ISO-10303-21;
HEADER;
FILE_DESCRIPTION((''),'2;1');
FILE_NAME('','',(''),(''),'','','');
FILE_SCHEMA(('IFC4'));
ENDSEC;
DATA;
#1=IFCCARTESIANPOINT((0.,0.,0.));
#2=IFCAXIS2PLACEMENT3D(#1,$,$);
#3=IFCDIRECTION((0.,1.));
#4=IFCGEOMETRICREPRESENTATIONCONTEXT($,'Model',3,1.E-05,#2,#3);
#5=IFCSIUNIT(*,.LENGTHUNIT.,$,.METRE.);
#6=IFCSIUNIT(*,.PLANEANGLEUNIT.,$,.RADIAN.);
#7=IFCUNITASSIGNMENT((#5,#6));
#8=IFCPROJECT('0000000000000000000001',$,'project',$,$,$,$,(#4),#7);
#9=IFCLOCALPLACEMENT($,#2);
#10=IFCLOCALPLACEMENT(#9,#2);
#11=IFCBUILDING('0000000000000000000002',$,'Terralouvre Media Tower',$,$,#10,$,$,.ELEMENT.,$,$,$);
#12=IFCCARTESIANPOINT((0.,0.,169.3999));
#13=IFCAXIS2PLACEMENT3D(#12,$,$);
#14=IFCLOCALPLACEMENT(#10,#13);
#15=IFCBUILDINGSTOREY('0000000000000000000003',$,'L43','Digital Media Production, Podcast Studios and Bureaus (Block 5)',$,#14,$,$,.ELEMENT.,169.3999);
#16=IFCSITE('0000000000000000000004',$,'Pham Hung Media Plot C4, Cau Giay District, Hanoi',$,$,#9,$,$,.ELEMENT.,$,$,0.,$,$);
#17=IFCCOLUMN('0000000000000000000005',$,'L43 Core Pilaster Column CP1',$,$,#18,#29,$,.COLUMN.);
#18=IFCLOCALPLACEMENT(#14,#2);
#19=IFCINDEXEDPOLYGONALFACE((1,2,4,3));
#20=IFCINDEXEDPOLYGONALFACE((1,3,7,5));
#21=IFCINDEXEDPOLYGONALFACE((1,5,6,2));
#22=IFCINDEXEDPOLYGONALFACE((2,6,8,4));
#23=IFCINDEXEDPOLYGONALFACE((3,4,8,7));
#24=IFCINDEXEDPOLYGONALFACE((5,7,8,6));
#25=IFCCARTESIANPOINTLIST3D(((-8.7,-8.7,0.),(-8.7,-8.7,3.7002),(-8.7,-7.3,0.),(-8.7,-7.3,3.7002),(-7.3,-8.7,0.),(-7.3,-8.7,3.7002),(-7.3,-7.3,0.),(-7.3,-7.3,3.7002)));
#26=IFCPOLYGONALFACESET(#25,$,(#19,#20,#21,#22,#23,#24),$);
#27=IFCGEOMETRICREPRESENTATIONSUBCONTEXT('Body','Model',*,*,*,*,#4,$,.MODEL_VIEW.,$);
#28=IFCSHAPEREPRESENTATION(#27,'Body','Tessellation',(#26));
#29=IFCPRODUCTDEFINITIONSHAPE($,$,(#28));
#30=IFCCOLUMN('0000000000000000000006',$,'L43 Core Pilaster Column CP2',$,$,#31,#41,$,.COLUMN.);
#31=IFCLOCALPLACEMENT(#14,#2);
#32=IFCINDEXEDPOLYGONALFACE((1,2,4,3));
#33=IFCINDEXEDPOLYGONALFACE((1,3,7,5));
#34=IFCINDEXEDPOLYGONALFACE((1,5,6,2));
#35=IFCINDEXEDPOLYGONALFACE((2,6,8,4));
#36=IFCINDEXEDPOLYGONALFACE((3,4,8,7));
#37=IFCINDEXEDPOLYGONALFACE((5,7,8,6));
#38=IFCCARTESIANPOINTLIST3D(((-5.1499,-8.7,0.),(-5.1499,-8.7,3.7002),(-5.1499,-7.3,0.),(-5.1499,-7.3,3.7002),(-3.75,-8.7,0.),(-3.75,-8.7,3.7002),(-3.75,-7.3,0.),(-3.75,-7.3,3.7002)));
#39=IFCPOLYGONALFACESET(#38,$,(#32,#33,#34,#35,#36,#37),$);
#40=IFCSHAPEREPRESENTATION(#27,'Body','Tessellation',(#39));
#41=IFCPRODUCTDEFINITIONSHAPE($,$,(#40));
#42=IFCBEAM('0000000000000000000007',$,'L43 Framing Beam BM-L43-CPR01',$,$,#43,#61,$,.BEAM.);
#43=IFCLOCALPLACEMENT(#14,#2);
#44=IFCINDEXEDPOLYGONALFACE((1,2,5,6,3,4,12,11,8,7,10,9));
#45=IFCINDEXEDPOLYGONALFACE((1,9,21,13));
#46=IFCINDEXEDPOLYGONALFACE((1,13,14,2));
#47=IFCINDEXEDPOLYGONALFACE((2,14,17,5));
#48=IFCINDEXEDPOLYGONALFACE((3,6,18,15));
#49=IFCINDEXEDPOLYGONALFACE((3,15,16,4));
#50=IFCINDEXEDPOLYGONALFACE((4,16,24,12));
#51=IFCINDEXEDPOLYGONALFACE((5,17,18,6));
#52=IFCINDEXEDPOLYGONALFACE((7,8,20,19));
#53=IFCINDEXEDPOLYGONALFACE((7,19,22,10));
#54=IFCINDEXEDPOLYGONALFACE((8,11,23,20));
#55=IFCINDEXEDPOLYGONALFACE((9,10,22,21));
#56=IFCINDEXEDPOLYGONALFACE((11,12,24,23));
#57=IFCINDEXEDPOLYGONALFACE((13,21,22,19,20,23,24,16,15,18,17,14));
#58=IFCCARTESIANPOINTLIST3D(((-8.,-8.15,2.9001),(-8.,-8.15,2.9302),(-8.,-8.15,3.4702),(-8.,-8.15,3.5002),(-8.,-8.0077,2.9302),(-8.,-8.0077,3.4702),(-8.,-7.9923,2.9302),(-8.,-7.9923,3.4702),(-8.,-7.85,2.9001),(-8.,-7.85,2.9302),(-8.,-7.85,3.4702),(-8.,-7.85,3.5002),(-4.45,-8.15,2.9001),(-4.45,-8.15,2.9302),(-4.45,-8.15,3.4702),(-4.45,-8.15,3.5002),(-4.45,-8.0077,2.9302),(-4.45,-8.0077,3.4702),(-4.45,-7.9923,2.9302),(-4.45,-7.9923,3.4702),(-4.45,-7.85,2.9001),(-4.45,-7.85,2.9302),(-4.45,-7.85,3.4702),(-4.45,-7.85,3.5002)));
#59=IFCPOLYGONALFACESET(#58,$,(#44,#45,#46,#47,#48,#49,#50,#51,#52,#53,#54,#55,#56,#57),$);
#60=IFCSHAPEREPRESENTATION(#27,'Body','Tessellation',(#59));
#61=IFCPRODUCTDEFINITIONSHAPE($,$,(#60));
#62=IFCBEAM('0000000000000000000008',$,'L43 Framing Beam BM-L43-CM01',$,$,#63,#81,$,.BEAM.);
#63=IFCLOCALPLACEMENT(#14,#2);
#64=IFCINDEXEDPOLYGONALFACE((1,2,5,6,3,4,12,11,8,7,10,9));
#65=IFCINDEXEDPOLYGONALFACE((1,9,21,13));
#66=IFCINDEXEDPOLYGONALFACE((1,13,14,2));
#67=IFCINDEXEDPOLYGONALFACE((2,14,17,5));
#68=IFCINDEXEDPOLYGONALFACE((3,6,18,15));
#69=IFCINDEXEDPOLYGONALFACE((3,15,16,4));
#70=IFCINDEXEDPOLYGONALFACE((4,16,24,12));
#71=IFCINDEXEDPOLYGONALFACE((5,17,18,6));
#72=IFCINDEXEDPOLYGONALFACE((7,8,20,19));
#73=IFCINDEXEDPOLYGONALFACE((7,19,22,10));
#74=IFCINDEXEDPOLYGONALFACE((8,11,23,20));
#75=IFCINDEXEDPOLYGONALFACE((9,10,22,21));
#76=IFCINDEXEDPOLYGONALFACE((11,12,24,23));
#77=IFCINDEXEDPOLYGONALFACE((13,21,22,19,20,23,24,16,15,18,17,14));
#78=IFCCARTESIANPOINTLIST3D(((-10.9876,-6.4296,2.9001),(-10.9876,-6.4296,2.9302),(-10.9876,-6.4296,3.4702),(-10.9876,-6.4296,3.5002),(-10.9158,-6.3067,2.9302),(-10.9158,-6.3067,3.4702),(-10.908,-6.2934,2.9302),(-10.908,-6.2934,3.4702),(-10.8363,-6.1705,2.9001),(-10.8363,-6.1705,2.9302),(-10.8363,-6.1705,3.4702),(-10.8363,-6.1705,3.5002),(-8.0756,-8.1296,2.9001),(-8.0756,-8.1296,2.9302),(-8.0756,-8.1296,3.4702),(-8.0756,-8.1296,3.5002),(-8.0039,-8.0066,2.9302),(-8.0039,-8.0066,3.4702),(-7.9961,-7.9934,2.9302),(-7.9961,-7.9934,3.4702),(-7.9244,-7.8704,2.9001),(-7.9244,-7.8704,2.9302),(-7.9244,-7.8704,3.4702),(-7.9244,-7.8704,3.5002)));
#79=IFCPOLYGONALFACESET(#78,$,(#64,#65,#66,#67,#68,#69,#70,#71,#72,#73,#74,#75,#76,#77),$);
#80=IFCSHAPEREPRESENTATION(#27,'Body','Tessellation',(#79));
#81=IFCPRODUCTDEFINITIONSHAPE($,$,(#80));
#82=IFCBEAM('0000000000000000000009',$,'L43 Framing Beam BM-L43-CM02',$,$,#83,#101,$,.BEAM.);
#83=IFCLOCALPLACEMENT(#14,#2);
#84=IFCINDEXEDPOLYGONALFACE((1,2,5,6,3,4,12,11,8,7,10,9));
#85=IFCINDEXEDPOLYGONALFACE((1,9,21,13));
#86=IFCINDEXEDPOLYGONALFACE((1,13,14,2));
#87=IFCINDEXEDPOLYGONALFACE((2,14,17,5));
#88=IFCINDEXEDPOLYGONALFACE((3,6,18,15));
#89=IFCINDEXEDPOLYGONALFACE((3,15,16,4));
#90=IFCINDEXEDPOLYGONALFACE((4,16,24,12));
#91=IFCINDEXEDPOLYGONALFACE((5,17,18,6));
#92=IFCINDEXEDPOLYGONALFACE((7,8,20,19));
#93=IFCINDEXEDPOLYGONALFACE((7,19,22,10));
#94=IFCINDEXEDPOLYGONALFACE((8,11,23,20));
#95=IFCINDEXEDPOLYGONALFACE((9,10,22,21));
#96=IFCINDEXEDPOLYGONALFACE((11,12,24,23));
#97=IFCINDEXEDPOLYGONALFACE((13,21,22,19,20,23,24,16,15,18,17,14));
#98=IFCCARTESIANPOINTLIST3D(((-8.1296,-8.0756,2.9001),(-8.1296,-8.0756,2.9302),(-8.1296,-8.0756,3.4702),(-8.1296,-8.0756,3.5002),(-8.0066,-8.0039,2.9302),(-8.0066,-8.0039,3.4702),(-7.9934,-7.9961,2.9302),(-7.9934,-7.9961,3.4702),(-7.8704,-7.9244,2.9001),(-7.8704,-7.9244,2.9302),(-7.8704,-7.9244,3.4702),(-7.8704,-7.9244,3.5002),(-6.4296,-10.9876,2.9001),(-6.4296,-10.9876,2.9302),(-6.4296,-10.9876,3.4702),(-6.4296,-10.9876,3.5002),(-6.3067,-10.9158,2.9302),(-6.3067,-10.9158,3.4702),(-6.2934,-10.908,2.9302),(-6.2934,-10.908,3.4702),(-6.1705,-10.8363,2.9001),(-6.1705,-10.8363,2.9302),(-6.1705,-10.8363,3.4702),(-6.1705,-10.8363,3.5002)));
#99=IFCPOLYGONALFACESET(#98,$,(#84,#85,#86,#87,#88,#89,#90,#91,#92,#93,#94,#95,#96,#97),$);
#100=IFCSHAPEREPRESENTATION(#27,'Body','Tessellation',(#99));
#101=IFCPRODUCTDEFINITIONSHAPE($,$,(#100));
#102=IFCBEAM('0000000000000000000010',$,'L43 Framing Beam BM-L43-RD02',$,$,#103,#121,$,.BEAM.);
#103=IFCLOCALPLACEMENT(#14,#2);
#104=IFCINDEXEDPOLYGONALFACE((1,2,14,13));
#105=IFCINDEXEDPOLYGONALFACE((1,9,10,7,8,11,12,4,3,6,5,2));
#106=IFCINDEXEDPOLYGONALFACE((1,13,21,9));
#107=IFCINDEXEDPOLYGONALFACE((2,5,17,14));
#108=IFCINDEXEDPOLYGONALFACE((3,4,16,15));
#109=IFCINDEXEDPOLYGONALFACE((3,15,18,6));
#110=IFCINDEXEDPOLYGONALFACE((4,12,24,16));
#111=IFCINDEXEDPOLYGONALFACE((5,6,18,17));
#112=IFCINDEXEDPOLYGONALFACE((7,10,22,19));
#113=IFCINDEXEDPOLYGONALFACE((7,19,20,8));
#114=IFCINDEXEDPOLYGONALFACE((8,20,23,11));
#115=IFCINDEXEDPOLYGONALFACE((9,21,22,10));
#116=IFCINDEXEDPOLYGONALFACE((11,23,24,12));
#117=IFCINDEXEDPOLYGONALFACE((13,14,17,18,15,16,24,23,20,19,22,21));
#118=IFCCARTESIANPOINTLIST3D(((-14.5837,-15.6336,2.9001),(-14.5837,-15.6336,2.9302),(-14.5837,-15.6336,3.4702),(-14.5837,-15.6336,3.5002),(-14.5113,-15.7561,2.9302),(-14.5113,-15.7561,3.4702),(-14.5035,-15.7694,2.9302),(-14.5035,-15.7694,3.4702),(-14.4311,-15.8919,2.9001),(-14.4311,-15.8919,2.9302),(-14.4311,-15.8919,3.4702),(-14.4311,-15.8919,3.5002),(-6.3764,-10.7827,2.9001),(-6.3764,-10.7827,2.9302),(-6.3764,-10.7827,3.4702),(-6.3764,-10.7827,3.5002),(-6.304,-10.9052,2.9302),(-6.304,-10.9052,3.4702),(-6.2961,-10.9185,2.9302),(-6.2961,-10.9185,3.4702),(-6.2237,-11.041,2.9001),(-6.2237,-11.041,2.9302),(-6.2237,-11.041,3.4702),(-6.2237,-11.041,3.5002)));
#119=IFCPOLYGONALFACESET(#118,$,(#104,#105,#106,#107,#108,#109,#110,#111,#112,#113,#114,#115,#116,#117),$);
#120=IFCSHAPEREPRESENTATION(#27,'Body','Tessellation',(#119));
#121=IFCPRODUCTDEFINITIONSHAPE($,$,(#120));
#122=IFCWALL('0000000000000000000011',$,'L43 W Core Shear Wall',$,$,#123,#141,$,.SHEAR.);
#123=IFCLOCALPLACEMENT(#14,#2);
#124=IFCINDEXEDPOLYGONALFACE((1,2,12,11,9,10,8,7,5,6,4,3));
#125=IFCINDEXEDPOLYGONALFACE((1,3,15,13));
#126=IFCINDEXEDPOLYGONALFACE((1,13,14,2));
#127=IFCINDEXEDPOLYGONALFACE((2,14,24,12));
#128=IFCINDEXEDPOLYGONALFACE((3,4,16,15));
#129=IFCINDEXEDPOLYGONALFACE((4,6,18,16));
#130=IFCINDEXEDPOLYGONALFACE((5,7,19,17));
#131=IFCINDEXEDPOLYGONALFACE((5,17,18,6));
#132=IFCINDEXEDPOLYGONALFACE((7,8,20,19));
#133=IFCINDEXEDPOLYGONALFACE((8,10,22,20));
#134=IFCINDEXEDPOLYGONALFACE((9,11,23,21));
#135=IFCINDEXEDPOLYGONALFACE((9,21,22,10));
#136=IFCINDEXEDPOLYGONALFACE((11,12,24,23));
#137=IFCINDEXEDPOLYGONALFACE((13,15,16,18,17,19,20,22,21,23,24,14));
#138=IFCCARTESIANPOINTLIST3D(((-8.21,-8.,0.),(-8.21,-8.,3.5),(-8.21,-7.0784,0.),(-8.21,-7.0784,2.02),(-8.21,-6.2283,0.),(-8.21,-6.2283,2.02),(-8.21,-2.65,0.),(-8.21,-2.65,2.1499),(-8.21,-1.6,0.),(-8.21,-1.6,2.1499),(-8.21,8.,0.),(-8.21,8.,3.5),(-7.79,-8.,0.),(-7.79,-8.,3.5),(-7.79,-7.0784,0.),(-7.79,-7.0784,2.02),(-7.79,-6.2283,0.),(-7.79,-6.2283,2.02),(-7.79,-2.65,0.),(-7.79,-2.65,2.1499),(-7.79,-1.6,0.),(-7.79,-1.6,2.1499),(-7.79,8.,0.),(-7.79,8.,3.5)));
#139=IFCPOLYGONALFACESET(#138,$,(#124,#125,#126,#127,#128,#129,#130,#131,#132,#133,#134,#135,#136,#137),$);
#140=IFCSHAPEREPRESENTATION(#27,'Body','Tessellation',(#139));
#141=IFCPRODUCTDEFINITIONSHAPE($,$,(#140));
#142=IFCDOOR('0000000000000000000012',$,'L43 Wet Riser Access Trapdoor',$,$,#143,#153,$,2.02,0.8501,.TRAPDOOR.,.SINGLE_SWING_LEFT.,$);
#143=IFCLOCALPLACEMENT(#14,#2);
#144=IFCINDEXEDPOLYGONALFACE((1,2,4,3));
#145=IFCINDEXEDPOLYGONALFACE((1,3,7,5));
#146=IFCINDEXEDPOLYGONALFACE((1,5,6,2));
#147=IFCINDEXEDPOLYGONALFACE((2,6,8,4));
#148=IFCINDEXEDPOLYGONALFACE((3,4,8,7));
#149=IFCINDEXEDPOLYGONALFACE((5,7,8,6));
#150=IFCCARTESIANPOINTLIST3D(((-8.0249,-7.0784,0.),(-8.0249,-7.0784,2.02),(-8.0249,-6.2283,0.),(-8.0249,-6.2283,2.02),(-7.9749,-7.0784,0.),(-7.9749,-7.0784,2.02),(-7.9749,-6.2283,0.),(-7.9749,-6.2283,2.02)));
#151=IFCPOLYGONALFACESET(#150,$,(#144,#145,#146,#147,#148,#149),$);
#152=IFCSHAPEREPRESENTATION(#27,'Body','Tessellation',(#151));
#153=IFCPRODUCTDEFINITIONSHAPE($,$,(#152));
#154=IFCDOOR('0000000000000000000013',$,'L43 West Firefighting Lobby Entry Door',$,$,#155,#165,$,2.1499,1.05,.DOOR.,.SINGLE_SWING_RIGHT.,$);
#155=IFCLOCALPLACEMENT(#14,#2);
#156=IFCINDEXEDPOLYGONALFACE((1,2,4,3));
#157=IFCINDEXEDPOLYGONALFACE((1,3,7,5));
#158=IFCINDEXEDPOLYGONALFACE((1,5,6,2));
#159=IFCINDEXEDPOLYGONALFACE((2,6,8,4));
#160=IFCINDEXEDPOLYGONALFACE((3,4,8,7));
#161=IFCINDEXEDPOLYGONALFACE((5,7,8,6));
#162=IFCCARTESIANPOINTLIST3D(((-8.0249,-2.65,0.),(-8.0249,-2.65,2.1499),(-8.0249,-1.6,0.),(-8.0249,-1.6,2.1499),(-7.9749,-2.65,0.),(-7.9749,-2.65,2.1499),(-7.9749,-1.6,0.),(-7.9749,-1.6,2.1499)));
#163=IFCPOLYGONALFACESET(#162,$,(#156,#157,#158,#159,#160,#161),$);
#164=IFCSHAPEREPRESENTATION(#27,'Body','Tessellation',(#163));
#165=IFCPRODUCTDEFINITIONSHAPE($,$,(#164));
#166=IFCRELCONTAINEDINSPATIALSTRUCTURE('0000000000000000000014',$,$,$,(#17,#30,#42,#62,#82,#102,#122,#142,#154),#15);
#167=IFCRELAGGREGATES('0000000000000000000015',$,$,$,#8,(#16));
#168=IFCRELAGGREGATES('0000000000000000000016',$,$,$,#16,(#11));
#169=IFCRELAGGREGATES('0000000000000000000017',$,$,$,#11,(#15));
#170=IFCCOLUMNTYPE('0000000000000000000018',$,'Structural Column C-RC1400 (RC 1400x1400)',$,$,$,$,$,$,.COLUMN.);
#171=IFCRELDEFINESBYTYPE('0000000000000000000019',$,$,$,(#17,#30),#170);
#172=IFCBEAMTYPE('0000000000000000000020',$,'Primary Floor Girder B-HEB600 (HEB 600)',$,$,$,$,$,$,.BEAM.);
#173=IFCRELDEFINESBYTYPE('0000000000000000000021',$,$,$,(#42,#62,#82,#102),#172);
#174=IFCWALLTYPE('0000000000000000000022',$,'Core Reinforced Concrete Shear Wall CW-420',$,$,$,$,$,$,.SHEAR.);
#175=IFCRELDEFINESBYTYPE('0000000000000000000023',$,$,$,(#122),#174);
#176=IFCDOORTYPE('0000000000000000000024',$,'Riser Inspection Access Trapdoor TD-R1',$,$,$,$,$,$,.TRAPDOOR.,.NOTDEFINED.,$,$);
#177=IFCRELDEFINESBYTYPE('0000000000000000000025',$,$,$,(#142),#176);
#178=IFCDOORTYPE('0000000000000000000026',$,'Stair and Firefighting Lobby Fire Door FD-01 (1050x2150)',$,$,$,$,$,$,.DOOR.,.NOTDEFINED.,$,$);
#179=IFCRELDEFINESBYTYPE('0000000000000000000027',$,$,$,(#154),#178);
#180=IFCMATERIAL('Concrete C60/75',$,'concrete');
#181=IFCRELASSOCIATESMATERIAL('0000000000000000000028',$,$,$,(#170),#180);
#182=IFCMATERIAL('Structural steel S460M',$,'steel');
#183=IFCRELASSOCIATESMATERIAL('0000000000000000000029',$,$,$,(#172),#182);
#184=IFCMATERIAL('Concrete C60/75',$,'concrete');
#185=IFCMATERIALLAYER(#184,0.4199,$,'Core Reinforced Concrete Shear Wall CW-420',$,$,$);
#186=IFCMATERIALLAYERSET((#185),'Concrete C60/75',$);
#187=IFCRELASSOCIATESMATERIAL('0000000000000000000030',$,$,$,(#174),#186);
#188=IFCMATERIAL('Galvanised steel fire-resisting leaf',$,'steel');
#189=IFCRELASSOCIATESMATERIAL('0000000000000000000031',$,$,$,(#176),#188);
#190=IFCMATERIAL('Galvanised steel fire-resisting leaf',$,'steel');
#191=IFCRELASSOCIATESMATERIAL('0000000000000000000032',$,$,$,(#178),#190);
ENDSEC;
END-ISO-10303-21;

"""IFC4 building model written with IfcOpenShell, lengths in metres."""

from ifc_helpers import new_model, si_unit, direction, frame, frame_2d, origin, origin_2d, place, context, subcontext, project, spatial, rectangle, i_section, extrude, material, layer, layer_set, material_profile, profile_set, type_object, element, fill, save


model = new_model("IFC4")

# Units and contexts
model_context = context("Model", 3, precision=1e-05, world=origin(), true_north=direction((0.0, 1.0)))
body_context = subcontext(model_context, "Body", "Model", "MODEL_VIEW")
ifc_project = project(units=[si_unit("LENGTHUNIT", "METRE"), si_unit("PLANEANGLEUNIT", "RADIAN")], contexts=[model_context])

# Site, building, storey
site_placement = place(None, origin())
site = spatial("IfcSite", under=ifc_project, at=site_placement, Name="Pham Hung Media Plot C4, Cau Giay District, Hanoi", CompositionType="ELEMENT", RefElevation=0.0)
building_placement = place(site_placement, origin())
building = spatial("IfcBuilding", under=site, at=building_placement, Name="Terralouvre Media Tower", CompositionType="ELEMENT")
storey_placement = place(building_placement, frame((0.0, 0.0, 169.3999)))
storey = spatial("IfcBuildingStorey", under=building, at=storey_placement, Name="L43", Description="Digital Media Production, Podcast Studios and Bureaus (Block 5)", CompositionType="ELEMENT", Elevation=169.3999)

# Columns
ifc_material_1 = material(Name="Concrete C60/75", Category="concrete")
ifc_material_profile_1 = material_profile(ifc_material_1, rectangle(XDim=1.3999, YDim=1.3999, at=origin_2d()), Name="RC 1400x1400")
ifc_profile_set_1 = profile_set([ifc_material_profile_1], Name="Concrete C60/75")
column_type = type_object("IfcColumnType", Name="Structural Column C-RC1400 (RC 1400x1400)", PredefinedType="COLUMN", material=ifc_profile_set_1)
for number, where, z_axis, x_axis, name in (
    (1, (-8.0, -8.0, 0.0), (0.0, 0.0, 1.0), (1.0, 0.0, 0.0), "L43 Core Pilaster Column CP1"),
    (2, (-4.45, -8.0, 0.0), (0.0, 0.0, 1.0), (1.0, 0.0, 0.0), "L43 Core Pilaster Column CP2"),
):
    element("IfcColumn", number, at=place(storey_placement, frame(where, z_axis=z_axis, x_axis=x_axis)), inside=storey, type_object=column_type, Name=name, PredefinedType="COLUMN", context=body_context, shape_type="SweptSolid", body=[
        extrude(rectangle(XDim=1.3999, YDim=1.3999, at=origin_2d()), origin(), (0.0, 0.0, 1.0), 3.7002),
    ])

# Beams
ifc_material_2 = material(Name="Structural steel S460M", Category="steel")
ifc_material_profile_2 = material_profile(ifc_material_2, i_section(OverallWidth=0.3, OverallDepth=0.6001, WebThickness=0.0154, FlangeThickness=0.03, at=origin_2d()), Name="HEB 600")
ifc_profile_set_2 = profile_set([ifc_material_profile_2], Name="Structural steel S460M")
beam_type = type_object("IfcBeamType", Name="Primary Floor Girder B-HEB600 (HEB 600)", PredefinedType="BEAM", material=ifc_profile_set_2)
beam_1_placement = place(storey_placement, frame((-8.0, -8.0, 3.2002), z_axis=(1.0, 0.0, 0.0), x_axis=(0.0, 1.0, 0.0)))
element("IfcBeam", 3, at=beam_1_placement, inside=storey, type_object=beam_type, Name="L43 Framing Beam BM-L43-CPR01", PredefinedType="BEAM", context=body_context, shape_type="SweptSolid", body=[
    extrude(i_section(OverallWidth=0.3, OverallDepth=0.6001, WebThickness=0.0154, FlangeThickness=0.03, at=origin_2d()), origin(), (0.0, 0.0, 1.0), 3.55),
])
for number, where, z_axis, x_axis, name in (
    (4, (-8.0, -8.0, 3.2002), (-0.863603, 0.504173, 0.0), (-0.504173, -0.863603, 0.0), "L43 Framing Beam BM-L43-CM01"),
    (5, (-8.0, -8.0, 3.2002), (0.504173, -0.863603, 0.0), (0.863603, 0.504173, 0.0), "L43 Framing Beam BM-L43-CM02"),
):
    element("IfcBeam", number, at=place(storey_placement, frame(where, z_axis=z_axis, x_axis=x_axis)), inside=storey, type_object=beam_type, Name=name, PredefinedType="BEAM", context=body_context, shape_type="SweptSolid", body=[
        extrude(i_section(OverallWidth=0.3, OverallDepth=0.6001, WebThickness=0.0154, FlangeThickness=0.03, at=origin_2d()), origin(), (0.0, 0.0, 1.0), 3.3718),
    ])
beam_2_placement = place(storey_placement, frame((-6.3, -10.9119, 3.2002), z_axis=(-0.860877, -0.508813, 0.0), x_axis=(0.508813, -0.860877, 0.0)))
element("IfcBeam", 6, at=beam_2_placement, inside=storey, type_object=beam_type, Name="L43 Framing Beam BM-L43-RD02", PredefinedType="BEAM", context=body_context, shape_type="SweptSolid", body=[
    extrude(i_section(OverallWidth=0.3, OverallDepth=0.6001, WebThickness=0.0154, FlangeThickness=0.03, at=origin_2d()), origin(), (0.0, 0.0, 1.0), 9.5337),
])

# Wall, openings, doors
ifc_material_3 = material(Name="Concrete C60/75", Category="concrete")
ifc_layer_1 = layer(ifc_material_3, 0.4199, Name="Core Reinforced Concrete Shear Wall CW-420")
ifc_layer_set_1 = layer_set([ifc_layer_1], Name="Concrete C60/75")
wall_type_1 = type_object("IfcWallType", Name="Core Reinforced Concrete Shear Wall CW-420", PredefinedType="SHEAR", material=ifc_layer_set_1)
wall_1_placement = place(storey_placement, frame((-8.0, -8.0, 0.0), z_axis=(0.0, 0.0, 1.0), x_axis=(0.0, 1.0, 0.0)))
wall_1 = element("IfcWall", 7, at=wall_1_placement, inside=storey, type_object=wall_type_1, Name="L43 W Core Shear Wall", PredefinedType="SHEAR", context=body_context, shape_type="SweptSolid", body=[
    extrude(rectangle(XDim=16.0, YDim=0.4199, at=frame_2d((8.0, 0.0))), origin(), (0.0, 0.0, 1.0), 3.5),
])
opening_1_placement = place(wall_1_placement, frame((0.9216, 0.0, 0.0)))
opening_1 = element("IfcOpeningElement", 8, at=opening_1_placement, cuts=wall_1, PredefinedType="OPENING", context=body_context, shape_type="SweptSolid", body=[
    extrude(rectangle(XDim=0.8501, YDim=2.02, at=frame_2d((0.425, 1.01))), frame((0.0, 0.22, 0.0), z_axis=(0.0, -1.0, 0.0), x_axis=(1.0, 0.0, 0.0)), (0.0, 0.0, 1.0), 0.4399),
])
opening_2_placement = place(wall_1_placement, frame((5.3501, 0.0, 0.0)))
opening_2 = element("IfcOpeningElement", 9, at=opening_2_placement, cuts=wall_1, PredefinedType="OPENING", context=body_context, shape_type="SweptSolid", body=[
    extrude(rectangle(XDim=1.05, YDim=2.1499, at=frame_2d((0.5249, 1.075))), frame((0.0, 0.22, 0.0), z_axis=(0.0, -1.0, 0.0), x_axis=(1.0, 0.0, 0.0)), (0.0, 0.0, 1.0), 0.4399),
])
ifc_material_4 = material(Name="Galvanised steel fire-resisting leaf", Category="steel")
door_type_1 = type_object("IfcDoorType", Name="Riser Inspection Access Trapdoor TD-R1", OperationType="NOTDEFINED", PredefinedType="TRAPDOOR", material=ifc_material_4)
door_1_placement = place(opening_1_placement, origin())
door_1 = element("IfcDoor", 10, at=door_1_placement, inside=storey, type_object=door_type_1, Name="L43 Wet Riser Access Trapdoor", OperationType="SINGLE_SWING_LEFT", OverallHeight=2.02, OverallWidth=0.8501, PredefinedType="TRAPDOOR", context=body_context, shape_type="SweptSolid", body=[
    extrude(rectangle(XDim=0.8501, YDim=2.02, at=frame_2d((0.425, 1.01))), frame((0.0, 0.0249, 0.0), z_axis=(0.0, -1.0, 0.0), x_axis=(1.0, 0.0, 0.0)), (0.0, 0.0, 1.0), 0.05),
])
fill(opening_1, door_1)
ifc_material_5 = material(Name="Galvanised steel fire-resisting leaf", Category="steel")
door_type_2 = type_object("IfcDoorType", Name="Stair and Firefighting Lobby Fire Door FD-01 (1050x2150)", OperationType="NOTDEFINED", PredefinedType="DOOR", material=ifc_material_5)
door_2_placement = place(opening_2_placement, origin())
door_2 = element("IfcDoor", 11, at=door_2_placement, inside=storey, type_object=door_type_2, Name="L43 West Firefighting Lobby Entry Door", OperationType="SINGLE_SWING_RIGHT", OverallHeight=2.1499, OverallWidth=1.05, PredefinedType="DOOR", context=body_context, shape_type="SweptSolid", body=[
    extrude(rectangle(XDim=1.05, YDim=2.1499, at=frame_2d((0.5249, 1.075))), frame((0.0, 0.0249, 0.0), z_axis=(0.0, -1.0, 0.0), x_axis=(1.0, 0.0, 0.0)), (0.0, 0.0, 1.0), 0.05),
])
fill(opening_2, door_2)

save(model, "model.ifc")
